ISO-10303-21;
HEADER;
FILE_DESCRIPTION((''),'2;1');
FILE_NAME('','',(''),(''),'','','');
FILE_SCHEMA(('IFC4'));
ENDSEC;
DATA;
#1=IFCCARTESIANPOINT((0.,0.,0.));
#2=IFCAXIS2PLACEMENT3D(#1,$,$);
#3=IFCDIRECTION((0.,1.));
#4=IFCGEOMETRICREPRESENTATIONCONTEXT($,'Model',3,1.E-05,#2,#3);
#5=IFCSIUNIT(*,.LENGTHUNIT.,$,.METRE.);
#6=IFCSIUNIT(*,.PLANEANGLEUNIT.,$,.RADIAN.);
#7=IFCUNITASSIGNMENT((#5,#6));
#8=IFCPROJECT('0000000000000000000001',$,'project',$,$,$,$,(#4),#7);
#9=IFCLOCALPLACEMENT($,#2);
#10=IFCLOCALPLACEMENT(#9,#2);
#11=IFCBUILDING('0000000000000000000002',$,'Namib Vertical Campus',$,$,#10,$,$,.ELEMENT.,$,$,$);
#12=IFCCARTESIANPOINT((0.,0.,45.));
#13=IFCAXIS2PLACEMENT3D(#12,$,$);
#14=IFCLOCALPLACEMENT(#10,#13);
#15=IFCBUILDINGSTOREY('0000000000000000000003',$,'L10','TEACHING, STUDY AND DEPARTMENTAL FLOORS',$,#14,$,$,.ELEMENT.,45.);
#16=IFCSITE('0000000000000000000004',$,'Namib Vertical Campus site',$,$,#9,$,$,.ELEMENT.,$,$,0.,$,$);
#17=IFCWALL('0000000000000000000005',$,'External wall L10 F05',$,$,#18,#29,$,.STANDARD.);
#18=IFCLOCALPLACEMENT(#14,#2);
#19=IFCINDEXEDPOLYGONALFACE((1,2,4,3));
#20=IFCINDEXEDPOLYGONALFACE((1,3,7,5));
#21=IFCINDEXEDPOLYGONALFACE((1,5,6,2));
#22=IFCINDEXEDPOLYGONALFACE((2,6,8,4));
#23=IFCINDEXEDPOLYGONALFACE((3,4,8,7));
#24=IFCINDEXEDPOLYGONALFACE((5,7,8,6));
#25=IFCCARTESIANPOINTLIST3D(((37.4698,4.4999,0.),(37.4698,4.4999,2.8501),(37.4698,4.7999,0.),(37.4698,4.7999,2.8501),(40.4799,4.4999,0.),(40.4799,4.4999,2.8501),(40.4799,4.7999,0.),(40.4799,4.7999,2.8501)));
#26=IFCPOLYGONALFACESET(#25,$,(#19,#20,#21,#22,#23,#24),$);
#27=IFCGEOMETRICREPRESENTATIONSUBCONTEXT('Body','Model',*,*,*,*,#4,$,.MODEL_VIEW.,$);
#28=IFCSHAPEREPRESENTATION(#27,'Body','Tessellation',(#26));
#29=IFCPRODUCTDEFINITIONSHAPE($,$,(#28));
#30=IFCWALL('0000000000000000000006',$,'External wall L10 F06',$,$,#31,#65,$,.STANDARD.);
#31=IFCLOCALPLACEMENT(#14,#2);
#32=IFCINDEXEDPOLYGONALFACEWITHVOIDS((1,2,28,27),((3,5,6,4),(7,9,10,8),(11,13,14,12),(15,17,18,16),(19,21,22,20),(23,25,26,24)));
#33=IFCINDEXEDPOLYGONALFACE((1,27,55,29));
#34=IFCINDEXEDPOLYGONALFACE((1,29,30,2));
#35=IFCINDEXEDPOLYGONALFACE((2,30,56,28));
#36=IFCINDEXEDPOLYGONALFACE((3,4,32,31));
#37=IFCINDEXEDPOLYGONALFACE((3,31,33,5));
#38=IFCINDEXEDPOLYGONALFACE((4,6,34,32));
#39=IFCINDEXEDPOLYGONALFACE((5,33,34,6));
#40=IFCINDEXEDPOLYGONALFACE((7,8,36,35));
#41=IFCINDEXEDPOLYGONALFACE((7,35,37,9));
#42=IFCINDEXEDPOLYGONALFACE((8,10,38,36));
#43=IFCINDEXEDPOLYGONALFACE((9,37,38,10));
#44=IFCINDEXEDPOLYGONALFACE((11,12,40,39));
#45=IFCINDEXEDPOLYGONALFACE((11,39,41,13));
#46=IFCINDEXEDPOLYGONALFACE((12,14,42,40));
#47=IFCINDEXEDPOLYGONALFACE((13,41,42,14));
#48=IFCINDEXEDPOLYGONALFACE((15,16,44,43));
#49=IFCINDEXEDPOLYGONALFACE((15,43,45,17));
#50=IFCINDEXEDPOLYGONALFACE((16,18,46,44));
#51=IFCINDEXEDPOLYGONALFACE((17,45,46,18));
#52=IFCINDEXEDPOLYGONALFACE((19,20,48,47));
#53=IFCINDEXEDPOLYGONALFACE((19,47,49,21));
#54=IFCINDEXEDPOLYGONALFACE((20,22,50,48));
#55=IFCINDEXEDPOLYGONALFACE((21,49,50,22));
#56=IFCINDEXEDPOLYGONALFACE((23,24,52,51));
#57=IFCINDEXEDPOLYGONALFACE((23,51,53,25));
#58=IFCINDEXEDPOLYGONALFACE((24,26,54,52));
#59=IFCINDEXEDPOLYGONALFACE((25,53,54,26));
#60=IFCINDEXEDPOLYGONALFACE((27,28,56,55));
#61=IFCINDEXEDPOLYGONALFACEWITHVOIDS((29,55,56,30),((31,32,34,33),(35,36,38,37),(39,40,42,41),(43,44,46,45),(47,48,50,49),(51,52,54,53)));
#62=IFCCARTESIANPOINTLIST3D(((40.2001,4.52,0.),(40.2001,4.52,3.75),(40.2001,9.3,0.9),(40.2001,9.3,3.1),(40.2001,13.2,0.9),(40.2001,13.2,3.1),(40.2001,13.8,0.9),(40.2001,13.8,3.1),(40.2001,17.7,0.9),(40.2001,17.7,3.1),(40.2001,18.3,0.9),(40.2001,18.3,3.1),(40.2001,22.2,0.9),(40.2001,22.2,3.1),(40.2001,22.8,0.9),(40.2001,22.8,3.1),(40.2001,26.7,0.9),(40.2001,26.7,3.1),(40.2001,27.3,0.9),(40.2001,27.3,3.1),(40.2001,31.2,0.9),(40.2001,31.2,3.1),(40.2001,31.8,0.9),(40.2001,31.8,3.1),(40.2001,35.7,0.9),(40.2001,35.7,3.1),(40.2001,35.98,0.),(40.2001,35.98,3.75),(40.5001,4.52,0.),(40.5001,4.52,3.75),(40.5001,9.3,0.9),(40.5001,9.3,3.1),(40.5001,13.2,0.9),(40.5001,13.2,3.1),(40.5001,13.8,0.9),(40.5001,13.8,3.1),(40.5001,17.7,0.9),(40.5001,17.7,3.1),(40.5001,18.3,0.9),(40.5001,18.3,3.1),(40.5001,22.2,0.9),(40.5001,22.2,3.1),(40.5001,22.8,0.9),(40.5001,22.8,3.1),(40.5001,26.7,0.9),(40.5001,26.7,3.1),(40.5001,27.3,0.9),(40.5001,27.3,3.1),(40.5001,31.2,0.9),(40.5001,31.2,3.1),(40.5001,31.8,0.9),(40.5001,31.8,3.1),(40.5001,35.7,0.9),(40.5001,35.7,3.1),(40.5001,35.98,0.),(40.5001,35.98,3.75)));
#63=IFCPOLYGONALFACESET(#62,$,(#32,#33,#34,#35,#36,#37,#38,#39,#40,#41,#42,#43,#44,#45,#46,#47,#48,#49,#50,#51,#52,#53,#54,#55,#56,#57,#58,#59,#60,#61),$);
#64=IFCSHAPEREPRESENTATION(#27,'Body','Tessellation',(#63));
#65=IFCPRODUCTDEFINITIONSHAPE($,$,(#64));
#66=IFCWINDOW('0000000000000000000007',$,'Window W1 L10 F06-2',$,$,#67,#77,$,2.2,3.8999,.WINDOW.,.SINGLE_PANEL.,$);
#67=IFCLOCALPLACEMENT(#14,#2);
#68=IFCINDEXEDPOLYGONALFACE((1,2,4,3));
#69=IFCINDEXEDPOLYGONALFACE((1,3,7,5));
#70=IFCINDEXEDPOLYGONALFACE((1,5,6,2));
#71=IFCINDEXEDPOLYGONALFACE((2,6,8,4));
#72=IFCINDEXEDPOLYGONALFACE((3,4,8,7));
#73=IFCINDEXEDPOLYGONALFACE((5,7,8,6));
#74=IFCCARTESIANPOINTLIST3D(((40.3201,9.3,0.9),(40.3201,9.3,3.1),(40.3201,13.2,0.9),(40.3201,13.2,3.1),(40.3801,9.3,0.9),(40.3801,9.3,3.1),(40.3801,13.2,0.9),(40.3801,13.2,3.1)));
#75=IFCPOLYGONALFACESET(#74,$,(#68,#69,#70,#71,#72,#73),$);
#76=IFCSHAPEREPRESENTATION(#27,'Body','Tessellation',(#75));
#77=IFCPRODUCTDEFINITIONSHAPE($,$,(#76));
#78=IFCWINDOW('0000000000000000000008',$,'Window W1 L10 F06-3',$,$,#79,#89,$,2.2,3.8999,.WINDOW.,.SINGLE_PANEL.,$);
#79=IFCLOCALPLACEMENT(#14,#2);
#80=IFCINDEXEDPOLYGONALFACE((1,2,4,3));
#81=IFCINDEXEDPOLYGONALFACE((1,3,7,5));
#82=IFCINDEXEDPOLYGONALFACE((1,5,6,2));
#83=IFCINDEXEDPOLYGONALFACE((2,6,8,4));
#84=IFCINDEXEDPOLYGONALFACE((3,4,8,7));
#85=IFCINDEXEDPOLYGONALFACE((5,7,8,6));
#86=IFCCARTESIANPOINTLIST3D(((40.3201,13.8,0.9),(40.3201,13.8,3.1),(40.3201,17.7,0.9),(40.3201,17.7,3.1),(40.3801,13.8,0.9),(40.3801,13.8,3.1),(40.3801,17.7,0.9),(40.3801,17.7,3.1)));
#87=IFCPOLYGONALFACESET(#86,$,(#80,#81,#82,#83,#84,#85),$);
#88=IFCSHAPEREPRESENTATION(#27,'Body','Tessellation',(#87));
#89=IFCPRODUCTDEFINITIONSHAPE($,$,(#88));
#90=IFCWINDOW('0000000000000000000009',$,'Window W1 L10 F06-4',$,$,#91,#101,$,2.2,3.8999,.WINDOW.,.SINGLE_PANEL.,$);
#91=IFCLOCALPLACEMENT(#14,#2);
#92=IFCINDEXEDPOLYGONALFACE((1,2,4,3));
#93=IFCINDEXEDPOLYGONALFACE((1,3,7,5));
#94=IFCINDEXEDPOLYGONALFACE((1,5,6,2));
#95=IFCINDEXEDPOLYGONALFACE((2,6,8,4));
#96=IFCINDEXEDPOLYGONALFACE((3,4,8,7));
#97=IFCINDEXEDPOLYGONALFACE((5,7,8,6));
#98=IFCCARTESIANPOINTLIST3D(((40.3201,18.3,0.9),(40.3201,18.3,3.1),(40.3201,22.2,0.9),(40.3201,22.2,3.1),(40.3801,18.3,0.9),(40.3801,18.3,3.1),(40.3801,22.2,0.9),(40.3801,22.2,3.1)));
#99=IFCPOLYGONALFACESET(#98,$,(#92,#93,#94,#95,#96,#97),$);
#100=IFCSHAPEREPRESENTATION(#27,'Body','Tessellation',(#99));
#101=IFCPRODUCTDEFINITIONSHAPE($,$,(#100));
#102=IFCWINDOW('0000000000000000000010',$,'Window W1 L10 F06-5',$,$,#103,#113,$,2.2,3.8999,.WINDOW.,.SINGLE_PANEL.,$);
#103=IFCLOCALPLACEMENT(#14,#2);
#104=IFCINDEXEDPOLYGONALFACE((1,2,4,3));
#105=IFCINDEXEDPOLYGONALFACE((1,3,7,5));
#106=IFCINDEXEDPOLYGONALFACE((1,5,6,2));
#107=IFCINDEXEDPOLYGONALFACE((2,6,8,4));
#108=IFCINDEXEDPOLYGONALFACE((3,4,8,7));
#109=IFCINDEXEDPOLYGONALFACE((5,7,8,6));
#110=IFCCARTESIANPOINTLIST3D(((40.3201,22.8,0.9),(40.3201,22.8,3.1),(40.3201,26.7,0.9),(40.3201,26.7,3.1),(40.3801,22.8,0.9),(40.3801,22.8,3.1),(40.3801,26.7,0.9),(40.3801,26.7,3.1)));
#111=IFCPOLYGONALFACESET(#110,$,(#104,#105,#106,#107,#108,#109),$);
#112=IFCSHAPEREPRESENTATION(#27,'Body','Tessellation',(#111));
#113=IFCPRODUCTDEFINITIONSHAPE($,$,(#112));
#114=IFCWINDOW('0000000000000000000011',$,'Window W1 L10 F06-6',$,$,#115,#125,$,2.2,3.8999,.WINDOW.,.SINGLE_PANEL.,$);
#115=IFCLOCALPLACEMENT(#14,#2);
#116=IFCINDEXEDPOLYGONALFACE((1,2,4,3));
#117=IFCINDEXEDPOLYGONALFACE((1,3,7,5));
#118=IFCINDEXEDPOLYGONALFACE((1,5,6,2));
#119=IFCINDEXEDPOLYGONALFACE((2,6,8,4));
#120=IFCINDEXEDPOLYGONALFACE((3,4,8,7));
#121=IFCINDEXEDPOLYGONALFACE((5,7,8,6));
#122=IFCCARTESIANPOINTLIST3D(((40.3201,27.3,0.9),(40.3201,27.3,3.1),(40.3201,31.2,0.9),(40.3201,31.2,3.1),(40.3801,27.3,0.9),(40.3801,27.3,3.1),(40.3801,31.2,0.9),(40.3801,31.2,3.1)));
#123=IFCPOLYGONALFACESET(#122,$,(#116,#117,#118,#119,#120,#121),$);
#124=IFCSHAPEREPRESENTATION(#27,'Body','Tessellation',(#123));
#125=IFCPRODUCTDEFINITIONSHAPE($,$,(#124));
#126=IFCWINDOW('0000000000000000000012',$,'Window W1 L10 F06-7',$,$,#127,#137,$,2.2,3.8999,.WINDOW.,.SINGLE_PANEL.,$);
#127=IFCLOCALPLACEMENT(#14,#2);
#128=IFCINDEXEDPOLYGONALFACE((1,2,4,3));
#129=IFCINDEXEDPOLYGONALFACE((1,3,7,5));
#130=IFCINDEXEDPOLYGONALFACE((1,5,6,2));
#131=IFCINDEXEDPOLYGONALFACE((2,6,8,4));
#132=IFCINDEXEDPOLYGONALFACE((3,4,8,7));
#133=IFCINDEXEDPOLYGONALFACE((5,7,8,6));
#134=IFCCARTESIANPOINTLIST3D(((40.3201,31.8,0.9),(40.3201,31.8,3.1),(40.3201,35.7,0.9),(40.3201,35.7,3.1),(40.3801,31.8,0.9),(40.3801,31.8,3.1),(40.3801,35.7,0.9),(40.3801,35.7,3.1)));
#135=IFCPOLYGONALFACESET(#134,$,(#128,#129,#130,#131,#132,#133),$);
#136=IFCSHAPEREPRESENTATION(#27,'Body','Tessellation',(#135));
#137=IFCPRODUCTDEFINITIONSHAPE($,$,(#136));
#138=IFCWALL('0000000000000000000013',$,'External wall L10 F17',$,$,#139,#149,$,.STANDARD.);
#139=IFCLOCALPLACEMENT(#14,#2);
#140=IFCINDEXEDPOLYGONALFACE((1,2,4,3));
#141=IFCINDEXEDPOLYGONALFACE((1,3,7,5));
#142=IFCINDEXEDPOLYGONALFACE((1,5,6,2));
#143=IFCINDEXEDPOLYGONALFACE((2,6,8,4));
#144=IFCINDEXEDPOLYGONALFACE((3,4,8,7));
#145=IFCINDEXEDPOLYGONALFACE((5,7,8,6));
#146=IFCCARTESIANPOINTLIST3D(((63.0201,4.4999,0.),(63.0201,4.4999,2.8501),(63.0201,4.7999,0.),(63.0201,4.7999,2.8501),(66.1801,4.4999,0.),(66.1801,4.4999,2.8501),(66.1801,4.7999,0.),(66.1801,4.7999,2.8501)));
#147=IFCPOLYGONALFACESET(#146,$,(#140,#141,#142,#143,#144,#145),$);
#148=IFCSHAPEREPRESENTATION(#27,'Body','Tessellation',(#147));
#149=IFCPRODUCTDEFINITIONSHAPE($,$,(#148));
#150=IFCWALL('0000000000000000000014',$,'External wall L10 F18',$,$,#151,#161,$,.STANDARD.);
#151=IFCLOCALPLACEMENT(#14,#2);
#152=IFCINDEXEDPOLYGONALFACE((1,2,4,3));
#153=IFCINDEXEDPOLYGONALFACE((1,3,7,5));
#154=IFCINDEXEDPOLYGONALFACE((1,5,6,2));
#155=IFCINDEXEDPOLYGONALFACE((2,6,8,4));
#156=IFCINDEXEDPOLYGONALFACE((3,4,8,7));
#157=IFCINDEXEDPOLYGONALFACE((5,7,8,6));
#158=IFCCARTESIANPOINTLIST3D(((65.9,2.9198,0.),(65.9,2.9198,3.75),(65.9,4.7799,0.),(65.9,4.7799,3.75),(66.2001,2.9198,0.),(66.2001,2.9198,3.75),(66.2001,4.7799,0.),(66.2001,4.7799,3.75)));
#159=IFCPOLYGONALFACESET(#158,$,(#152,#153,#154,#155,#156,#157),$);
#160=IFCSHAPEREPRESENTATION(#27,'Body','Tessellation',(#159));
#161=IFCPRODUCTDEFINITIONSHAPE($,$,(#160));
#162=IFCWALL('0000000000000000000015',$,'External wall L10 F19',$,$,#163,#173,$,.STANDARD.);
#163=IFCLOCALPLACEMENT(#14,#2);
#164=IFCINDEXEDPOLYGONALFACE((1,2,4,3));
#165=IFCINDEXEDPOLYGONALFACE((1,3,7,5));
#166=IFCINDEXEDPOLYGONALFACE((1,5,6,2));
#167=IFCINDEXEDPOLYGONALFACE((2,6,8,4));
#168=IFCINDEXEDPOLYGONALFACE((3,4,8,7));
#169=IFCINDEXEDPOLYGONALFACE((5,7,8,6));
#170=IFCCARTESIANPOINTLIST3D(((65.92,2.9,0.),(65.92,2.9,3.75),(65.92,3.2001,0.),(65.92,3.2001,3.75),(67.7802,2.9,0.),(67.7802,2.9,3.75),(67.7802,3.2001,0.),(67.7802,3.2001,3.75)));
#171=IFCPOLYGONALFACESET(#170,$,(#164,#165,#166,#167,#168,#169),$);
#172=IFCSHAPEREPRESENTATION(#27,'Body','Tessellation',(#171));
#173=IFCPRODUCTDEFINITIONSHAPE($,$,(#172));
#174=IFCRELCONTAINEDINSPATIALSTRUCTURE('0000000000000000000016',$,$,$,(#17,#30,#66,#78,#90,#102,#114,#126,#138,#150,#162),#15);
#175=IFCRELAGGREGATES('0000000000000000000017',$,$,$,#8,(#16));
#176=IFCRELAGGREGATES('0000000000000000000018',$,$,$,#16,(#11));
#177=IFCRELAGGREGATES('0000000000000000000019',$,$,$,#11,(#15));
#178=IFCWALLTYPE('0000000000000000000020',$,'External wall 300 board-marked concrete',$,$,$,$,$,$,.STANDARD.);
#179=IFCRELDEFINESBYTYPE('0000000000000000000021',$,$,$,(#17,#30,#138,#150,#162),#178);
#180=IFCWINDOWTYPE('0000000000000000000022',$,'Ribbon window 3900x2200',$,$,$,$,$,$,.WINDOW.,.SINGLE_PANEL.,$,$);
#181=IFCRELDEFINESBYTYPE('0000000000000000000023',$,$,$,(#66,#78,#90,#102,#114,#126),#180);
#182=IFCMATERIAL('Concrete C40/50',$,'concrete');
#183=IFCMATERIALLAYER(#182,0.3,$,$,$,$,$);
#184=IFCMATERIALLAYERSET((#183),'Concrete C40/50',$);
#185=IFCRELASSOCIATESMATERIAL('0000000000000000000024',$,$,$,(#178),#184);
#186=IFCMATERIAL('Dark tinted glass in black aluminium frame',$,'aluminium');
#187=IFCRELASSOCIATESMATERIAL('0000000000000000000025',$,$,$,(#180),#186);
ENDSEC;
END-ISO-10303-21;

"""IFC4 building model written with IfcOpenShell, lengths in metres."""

from ifc_helpers import new_model, si_unit, direction, frame, frame_2d, origin, place, context, subcontext, project, spatial, rectangle, extrude, material, layer, layer_set, type_object, element, fill, save


model = new_model("IFC4")

# Units and contexts
model_context = context("Model", 3, precision=1e-05, world=origin(), true_north=direction((0.0, 1.0)))
body_context = subcontext(model_context, "Body", "Model", "MODEL_VIEW")
ifc_project = project(units=[si_unit("LENGTHUNIT", "METRE"), si_unit("PLANEANGLEUNIT", "RADIAN")], contexts=[model_context])

# Site, building, storey
site_placement = place(None, origin())
site = spatial("IfcSite", under=ifc_project, at=site_placement, Name="Namib Vertical Campus site", CompositionType="ELEMENT", RefElevation=0.0)
building_placement = place(site_placement, origin())
building = spatial("IfcBuilding", under=site, at=building_placement, Name="Namib Vertical Campus", CompositionType="ELEMENT")
storey_placement = place(building_placement, frame((0.0, 0.0, 45.0)))
storey = spatial("IfcBuildingStorey", under=building, at=storey_placement, Name="L10", Description="TEACHING, STUDY AND DEPARTMENTAL FLOORS", CompositionType="ELEMENT", Elevation=45.0)

# Wall
ifc_material_1 = material(Name="Concrete C40/50", Category="concrete")
ifc_layer_1 = layer(ifc_material_1, 0.3)
ifc_layer_set_1 = layer_set([ifc_layer_1], Name="Concrete C40/50")
wall_type_1 = type_object("IfcWallType", Name="External wall 300 board-marked concrete", PredefinedType="STANDARD", material=ifc_layer_set_1)
wall_1_placement = place(storey_placement, frame((37.47, 4.6499, 0.0), z_axis=(0.0, 0.0, 1.0), x_axis=(1.0, 0.0, 0.0)))
element("IfcWall", 1, at=wall_1_placement, inside=storey, type_object=wall_type_1, Name="External wall L10 F05", PredefinedType="STANDARD", context=body_context, shape_type="SweptSolid", body=[
    extrude(rectangle(XDim=3.01, YDim=0.3, at=frame_2d((1.5049, 0.0))), origin(), (0.0, 0.0, 1.0), 2.8501),
])

# Wall, openings, windows
wall_2_placement = place(storey_placement, frame((40.3501, 4.52, 0.0), z_axis=(0.0, 0.0, 1.0), x_axis=(0.0, 1.0, 0.0)))
wall_2 = element("IfcWall", 2, at=wall_2_placement, inside=storey, type_object=wall_type_1, Name="External wall L10 F06", PredefinedType="STANDARD", context=body_context, shape_type="SweptSolid", body=[
    extrude(rectangle(XDim=31.46, YDim=0.3, at=frame_2d((15.73, 0.0))), origin(), (0.0, 0.0, 1.0), 3.75),
])
opening_1_placement = place(wall_2_placement, frame((4.78, 0.0, 0.8999)))
opening_1 = element("IfcOpeningElement", 3, at=opening_1_placement, cuts=wall_2, PredefinedType="OPENING", context=body_context, shape_type="SweptSolid", body=[
    extrude(rectangle(XDim=3.8999, YDim=2.2, at=frame_2d((1.95, 1.1001))), frame((0.0, 0.1599, 0.0), z_axis=(0.0, -1.0, 0.0), x_axis=(1.0, 0.0, 0.0)), (0.0, 0.0, 1.0), 0.3201),
])
opening_2_placement = place(wall_2_placement, frame((9.28, 0.0, 0.8999)))
opening_2 = element("IfcOpeningElement", 4, at=opening_2_placement, cuts=wall_2, PredefinedType="OPENING", context=body_context, shape_type="SweptSolid", body=[
    extrude(rectangle(XDim=3.8999, YDim=2.2, at=frame_2d((1.95, 1.1001))), frame((0.0, 0.1599, 0.0), z_axis=(0.0, -1.0, 0.0), x_axis=(1.0, 0.0, 0.0)), (0.0, 0.0, 1.0), 0.3201),
])
opening_3_placement = place(wall_2_placement, frame((13.78, 0.0, 0.8999)))
opening_3 = element("IfcOpeningElement", 5, at=opening_3_placement, cuts=wall_2, PredefinedType="OPENING", context=body_context, shape_type="SweptSolid", body=[
    extrude(rectangle(XDim=3.8999, YDim=2.2, at=frame_2d((1.95, 1.1001))), frame((0.0, 0.1599, 0.0), z_axis=(0.0, -1.0, 0.0), x_axis=(1.0, 0.0, 0.0)), (0.0, 0.0, 1.0), 0.3201),
])
opening_4_placement = place(wall_2_placement, frame((18.28, 0.0, 0.8999)))
opening_4 = element("IfcOpeningElement", 6, at=opening_4_placement, cuts=wall_2, PredefinedType="OPENING", context=body_context, shape_type="SweptSolid", body=[
    extrude(rectangle(XDim=3.8999, YDim=2.2, at=frame_2d((1.95, 1.1001))), frame((0.0, 0.1599, 0.0), z_axis=(0.0, -1.0, 0.0), x_axis=(1.0, 0.0, 0.0)), (0.0, 0.0, 1.0), 0.3201),
])
opening_5_placement = place(wall_2_placement, frame((22.78, 0.0, 0.8999)))
opening_5 = element("IfcOpeningElement", 7, at=opening_5_placement, cuts=wall_2, PredefinedType="OPENING", context=body_context, shape_type="SweptSolid", body=[
    extrude(rectangle(XDim=3.8999, YDim=2.2, at=frame_2d((1.95, 1.1001))), frame((0.0, 0.1599, 0.0), z_axis=(0.0, -1.0, 0.0), x_axis=(1.0, 0.0, 0.0)), (0.0, 0.0, 1.0), 0.3201),
])
opening_6_placement = place(wall_2_placement, frame((27.28, 0.0, 0.8999)))
opening_6 = element("IfcOpeningElement", 8, at=opening_6_placement, cuts=wall_2, PredefinedType="OPENING", context=body_context, shape_type="SweptSolid", body=[
    extrude(rectangle(XDim=3.8999, YDim=2.2, at=frame_2d((1.95, 1.1001))), frame((0.0, 0.1599, 0.0), z_axis=(0.0, -1.0, 0.0), x_axis=(1.0, 0.0, 0.0)), (0.0, 0.0, 1.0), 0.3201),
])
ifc_material_2 = material(Name="Dark tinted glass in black aluminium frame", Category="aluminium")
window_type = type_object("IfcWindowType", Name="Ribbon window 3900x2200", PartitioningType="SINGLE_PANEL", PredefinedType="WINDOW", material=ifc_material_2)
window_1_placement = place(opening_1_placement, origin())
window_1 = element("IfcWindow", 9, at=window_1_placement, inside=storey, type_object=window_type, Name="Window W1 L10 F06-2", OverallHeight=2.2, OverallWidth=3.8999, PartitioningType="SINGLE_PANEL", PredefinedType="WINDOW", context=body_context, shape_type="SweptSolid", body=[
    extrude(rectangle(XDim=3.8999, YDim=2.2, at=frame_2d((1.95, 1.1001))), frame((0.0, 0.03, 0.0), z_axis=(0.0, -1.0, 0.0), x_axis=(1.0, 0.0, 0.0)), (0.0, 0.0, 1.0), 0.0601),
])
fill(opening_1, window_1)
window_2_placement = place(opening_2_placement, origin())
window_2 = element("IfcWindow", 10, at=window_2_placement, inside=storey, type_object=window_type, Name="Window W1 L10 F06-3", OverallHeight=2.2, OverallWidth=3.8999, PartitioningType="SINGLE_PANEL", PredefinedType="WINDOW", context=body_context, shape_type="SweptSolid", body=[
    extrude(rectangle(XDim=3.8999, YDim=2.2, at=frame_2d((1.95, 1.1001))), frame((0.0, 0.03, 0.0), z_axis=(0.0, -1.0, 0.0), x_axis=(1.0, 0.0, 0.0)), (0.0, 0.0, 1.0), 0.0601),
])
fill(opening_2, window_2)
window_3_placement = place(opening_3_placement, origin())
window_3 = element("IfcWindow", 11, at=window_3_placement, inside=storey, type_object=window_type, Name="Window W1 L10 F06-4", OverallHeight=2.2, OverallWidth=3.8999, PartitioningType="SINGLE_PANEL", PredefinedType="WINDOW", context=body_context, shape_type="SweptSolid", body=[
    extrude(rectangle(XDim=3.8999, YDim=2.2, at=frame_2d((1.95, 1.1001))), frame((0.0, 0.03, 0.0), z_axis=(0.0, -1.0, 0.0), x_axis=(1.0, 0.0, 0.0)), (0.0, 0.0, 1.0), 0.0601),
])
fill(opening_3, window_3)
window_4_placement = place(opening_4_placement, origin())
window_4 = element("IfcWindow", 12, at=window_4_placement, inside=storey, type_object=window_type, Name="Window W1 L10 F06-5", OverallHeight=2.2, OverallWidth=3.8999, PartitioningType="SINGLE_PANEL", PredefinedType="WINDOW", context=body_context, shape_type="SweptSolid", body=[
    extrude(rectangle(XDim=3.8999, YDim=2.2, at=frame_2d((1.95, 1.1001))), frame((0.0, 0.03, 0.0), z_axis=(0.0, -1.0, 0.0), x_axis=(1.0, 0.0, 0.0)), (0.0, 0.0, 1.0), 0.0601),
])
fill(opening_4, window_4)
window_5_placement = place(opening_5_placement, origin())
window_5 = element("IfcWindow", 13, at=window_5_placement, inside=storey, type_object=window_type, Name="Window W1 L10 F06-6", OverallHeight=2.2, OverallWidth=3.8999, PartitioningType="SINGLE_PANEL", PredefinedType="WINDOW", context=body_context, shape_type="SweptSolid", body=[
    extrude(rectangle(XDim=3.8999, YDim=2.2, at=frame_2d((1.95, 1.1001))), frame((0.0, 0.03, 0.0), z_axis=(0.0, -1.0, 0.0), x_axis=(1.0, 0.0, 0.0)), (0.0, 0.0, 1.0), 0.0601),
])
fill(opening_5, window_5)
window_6_placement = place(opening_6_placement, origin())
window_6 = element("IfcWindow", 14, at=window_6_placement, inside=storey, type_object=window_type, Name="Window W1 L10 F06-7", OverallHeight=2.2, OverallWidth=3.8999, PartitioningType="SINGLE_PANEL", PredefinedType="WINDOW", context=body_context, shape_type="SweptSolid", body=[
    extrude(rectangle(XDim=3.8999, YDim=2.2, at=frame_2d((1.95, 1.1001))), frame((0.0, 0.03, 0.0), z_axis=(0.0, -1.0, 0.0), x_axis=(1.0, 0.0, 0.0)), (0.0, 0.0, 1.0), 0.0601),
])
fill(opening_6, window_6)

# Walls
wall_3_placement = place(storey_placement, frame((63.02, 4.6499, 0.0), z_axis=(0.0, 0.0, 1.0), x_axis=(1.0, 0.0, 0.0)))
element("IfcWall", 15, at=wall_3_placement, inside=storey, type_object=wall_type_1, Name="External wall L10 F17", PredefinedType="STANDARD", context=body_context, shape_type="SweptSolid", body=[
    extrude(rectangle(XDim=3.1599, YDim=0.3, at=frame_2d((1.5801, 0.0))), origin(), (0.0, 0.0, 1.0), 2.8501),
])
for number, where, z_axis, x_axis, name in (
    (16, (66.05, 4.78, 0.0), (0.0, 0.0, 1.0), (0.0, -1.0, 0.0), "External wall L10 F18"),
    (17, (65.9199, 3.05, 0.0), (0.0, 0.0, 1.0), (1.0, 0.0, 0.0), "External wall L10 F19"),
):
    element("IfcWall", number, at=place(storey_placement, frame(where, z_axis=z_axis, x_axis=x_axis)), inside=storey, type_object=wall_type_1, Name=name, PredefinedType="STANDARD", context=body_context, shape_type="SweptSolid", body=[
        extrude(rectangle(XDim=1.8601, YDim=0.3, at=frame_2d((0.9302, 0.0))), origin(), (0.0, 0.0, 1.0), 3.75),
    ])

save(model, "model.ifc")
